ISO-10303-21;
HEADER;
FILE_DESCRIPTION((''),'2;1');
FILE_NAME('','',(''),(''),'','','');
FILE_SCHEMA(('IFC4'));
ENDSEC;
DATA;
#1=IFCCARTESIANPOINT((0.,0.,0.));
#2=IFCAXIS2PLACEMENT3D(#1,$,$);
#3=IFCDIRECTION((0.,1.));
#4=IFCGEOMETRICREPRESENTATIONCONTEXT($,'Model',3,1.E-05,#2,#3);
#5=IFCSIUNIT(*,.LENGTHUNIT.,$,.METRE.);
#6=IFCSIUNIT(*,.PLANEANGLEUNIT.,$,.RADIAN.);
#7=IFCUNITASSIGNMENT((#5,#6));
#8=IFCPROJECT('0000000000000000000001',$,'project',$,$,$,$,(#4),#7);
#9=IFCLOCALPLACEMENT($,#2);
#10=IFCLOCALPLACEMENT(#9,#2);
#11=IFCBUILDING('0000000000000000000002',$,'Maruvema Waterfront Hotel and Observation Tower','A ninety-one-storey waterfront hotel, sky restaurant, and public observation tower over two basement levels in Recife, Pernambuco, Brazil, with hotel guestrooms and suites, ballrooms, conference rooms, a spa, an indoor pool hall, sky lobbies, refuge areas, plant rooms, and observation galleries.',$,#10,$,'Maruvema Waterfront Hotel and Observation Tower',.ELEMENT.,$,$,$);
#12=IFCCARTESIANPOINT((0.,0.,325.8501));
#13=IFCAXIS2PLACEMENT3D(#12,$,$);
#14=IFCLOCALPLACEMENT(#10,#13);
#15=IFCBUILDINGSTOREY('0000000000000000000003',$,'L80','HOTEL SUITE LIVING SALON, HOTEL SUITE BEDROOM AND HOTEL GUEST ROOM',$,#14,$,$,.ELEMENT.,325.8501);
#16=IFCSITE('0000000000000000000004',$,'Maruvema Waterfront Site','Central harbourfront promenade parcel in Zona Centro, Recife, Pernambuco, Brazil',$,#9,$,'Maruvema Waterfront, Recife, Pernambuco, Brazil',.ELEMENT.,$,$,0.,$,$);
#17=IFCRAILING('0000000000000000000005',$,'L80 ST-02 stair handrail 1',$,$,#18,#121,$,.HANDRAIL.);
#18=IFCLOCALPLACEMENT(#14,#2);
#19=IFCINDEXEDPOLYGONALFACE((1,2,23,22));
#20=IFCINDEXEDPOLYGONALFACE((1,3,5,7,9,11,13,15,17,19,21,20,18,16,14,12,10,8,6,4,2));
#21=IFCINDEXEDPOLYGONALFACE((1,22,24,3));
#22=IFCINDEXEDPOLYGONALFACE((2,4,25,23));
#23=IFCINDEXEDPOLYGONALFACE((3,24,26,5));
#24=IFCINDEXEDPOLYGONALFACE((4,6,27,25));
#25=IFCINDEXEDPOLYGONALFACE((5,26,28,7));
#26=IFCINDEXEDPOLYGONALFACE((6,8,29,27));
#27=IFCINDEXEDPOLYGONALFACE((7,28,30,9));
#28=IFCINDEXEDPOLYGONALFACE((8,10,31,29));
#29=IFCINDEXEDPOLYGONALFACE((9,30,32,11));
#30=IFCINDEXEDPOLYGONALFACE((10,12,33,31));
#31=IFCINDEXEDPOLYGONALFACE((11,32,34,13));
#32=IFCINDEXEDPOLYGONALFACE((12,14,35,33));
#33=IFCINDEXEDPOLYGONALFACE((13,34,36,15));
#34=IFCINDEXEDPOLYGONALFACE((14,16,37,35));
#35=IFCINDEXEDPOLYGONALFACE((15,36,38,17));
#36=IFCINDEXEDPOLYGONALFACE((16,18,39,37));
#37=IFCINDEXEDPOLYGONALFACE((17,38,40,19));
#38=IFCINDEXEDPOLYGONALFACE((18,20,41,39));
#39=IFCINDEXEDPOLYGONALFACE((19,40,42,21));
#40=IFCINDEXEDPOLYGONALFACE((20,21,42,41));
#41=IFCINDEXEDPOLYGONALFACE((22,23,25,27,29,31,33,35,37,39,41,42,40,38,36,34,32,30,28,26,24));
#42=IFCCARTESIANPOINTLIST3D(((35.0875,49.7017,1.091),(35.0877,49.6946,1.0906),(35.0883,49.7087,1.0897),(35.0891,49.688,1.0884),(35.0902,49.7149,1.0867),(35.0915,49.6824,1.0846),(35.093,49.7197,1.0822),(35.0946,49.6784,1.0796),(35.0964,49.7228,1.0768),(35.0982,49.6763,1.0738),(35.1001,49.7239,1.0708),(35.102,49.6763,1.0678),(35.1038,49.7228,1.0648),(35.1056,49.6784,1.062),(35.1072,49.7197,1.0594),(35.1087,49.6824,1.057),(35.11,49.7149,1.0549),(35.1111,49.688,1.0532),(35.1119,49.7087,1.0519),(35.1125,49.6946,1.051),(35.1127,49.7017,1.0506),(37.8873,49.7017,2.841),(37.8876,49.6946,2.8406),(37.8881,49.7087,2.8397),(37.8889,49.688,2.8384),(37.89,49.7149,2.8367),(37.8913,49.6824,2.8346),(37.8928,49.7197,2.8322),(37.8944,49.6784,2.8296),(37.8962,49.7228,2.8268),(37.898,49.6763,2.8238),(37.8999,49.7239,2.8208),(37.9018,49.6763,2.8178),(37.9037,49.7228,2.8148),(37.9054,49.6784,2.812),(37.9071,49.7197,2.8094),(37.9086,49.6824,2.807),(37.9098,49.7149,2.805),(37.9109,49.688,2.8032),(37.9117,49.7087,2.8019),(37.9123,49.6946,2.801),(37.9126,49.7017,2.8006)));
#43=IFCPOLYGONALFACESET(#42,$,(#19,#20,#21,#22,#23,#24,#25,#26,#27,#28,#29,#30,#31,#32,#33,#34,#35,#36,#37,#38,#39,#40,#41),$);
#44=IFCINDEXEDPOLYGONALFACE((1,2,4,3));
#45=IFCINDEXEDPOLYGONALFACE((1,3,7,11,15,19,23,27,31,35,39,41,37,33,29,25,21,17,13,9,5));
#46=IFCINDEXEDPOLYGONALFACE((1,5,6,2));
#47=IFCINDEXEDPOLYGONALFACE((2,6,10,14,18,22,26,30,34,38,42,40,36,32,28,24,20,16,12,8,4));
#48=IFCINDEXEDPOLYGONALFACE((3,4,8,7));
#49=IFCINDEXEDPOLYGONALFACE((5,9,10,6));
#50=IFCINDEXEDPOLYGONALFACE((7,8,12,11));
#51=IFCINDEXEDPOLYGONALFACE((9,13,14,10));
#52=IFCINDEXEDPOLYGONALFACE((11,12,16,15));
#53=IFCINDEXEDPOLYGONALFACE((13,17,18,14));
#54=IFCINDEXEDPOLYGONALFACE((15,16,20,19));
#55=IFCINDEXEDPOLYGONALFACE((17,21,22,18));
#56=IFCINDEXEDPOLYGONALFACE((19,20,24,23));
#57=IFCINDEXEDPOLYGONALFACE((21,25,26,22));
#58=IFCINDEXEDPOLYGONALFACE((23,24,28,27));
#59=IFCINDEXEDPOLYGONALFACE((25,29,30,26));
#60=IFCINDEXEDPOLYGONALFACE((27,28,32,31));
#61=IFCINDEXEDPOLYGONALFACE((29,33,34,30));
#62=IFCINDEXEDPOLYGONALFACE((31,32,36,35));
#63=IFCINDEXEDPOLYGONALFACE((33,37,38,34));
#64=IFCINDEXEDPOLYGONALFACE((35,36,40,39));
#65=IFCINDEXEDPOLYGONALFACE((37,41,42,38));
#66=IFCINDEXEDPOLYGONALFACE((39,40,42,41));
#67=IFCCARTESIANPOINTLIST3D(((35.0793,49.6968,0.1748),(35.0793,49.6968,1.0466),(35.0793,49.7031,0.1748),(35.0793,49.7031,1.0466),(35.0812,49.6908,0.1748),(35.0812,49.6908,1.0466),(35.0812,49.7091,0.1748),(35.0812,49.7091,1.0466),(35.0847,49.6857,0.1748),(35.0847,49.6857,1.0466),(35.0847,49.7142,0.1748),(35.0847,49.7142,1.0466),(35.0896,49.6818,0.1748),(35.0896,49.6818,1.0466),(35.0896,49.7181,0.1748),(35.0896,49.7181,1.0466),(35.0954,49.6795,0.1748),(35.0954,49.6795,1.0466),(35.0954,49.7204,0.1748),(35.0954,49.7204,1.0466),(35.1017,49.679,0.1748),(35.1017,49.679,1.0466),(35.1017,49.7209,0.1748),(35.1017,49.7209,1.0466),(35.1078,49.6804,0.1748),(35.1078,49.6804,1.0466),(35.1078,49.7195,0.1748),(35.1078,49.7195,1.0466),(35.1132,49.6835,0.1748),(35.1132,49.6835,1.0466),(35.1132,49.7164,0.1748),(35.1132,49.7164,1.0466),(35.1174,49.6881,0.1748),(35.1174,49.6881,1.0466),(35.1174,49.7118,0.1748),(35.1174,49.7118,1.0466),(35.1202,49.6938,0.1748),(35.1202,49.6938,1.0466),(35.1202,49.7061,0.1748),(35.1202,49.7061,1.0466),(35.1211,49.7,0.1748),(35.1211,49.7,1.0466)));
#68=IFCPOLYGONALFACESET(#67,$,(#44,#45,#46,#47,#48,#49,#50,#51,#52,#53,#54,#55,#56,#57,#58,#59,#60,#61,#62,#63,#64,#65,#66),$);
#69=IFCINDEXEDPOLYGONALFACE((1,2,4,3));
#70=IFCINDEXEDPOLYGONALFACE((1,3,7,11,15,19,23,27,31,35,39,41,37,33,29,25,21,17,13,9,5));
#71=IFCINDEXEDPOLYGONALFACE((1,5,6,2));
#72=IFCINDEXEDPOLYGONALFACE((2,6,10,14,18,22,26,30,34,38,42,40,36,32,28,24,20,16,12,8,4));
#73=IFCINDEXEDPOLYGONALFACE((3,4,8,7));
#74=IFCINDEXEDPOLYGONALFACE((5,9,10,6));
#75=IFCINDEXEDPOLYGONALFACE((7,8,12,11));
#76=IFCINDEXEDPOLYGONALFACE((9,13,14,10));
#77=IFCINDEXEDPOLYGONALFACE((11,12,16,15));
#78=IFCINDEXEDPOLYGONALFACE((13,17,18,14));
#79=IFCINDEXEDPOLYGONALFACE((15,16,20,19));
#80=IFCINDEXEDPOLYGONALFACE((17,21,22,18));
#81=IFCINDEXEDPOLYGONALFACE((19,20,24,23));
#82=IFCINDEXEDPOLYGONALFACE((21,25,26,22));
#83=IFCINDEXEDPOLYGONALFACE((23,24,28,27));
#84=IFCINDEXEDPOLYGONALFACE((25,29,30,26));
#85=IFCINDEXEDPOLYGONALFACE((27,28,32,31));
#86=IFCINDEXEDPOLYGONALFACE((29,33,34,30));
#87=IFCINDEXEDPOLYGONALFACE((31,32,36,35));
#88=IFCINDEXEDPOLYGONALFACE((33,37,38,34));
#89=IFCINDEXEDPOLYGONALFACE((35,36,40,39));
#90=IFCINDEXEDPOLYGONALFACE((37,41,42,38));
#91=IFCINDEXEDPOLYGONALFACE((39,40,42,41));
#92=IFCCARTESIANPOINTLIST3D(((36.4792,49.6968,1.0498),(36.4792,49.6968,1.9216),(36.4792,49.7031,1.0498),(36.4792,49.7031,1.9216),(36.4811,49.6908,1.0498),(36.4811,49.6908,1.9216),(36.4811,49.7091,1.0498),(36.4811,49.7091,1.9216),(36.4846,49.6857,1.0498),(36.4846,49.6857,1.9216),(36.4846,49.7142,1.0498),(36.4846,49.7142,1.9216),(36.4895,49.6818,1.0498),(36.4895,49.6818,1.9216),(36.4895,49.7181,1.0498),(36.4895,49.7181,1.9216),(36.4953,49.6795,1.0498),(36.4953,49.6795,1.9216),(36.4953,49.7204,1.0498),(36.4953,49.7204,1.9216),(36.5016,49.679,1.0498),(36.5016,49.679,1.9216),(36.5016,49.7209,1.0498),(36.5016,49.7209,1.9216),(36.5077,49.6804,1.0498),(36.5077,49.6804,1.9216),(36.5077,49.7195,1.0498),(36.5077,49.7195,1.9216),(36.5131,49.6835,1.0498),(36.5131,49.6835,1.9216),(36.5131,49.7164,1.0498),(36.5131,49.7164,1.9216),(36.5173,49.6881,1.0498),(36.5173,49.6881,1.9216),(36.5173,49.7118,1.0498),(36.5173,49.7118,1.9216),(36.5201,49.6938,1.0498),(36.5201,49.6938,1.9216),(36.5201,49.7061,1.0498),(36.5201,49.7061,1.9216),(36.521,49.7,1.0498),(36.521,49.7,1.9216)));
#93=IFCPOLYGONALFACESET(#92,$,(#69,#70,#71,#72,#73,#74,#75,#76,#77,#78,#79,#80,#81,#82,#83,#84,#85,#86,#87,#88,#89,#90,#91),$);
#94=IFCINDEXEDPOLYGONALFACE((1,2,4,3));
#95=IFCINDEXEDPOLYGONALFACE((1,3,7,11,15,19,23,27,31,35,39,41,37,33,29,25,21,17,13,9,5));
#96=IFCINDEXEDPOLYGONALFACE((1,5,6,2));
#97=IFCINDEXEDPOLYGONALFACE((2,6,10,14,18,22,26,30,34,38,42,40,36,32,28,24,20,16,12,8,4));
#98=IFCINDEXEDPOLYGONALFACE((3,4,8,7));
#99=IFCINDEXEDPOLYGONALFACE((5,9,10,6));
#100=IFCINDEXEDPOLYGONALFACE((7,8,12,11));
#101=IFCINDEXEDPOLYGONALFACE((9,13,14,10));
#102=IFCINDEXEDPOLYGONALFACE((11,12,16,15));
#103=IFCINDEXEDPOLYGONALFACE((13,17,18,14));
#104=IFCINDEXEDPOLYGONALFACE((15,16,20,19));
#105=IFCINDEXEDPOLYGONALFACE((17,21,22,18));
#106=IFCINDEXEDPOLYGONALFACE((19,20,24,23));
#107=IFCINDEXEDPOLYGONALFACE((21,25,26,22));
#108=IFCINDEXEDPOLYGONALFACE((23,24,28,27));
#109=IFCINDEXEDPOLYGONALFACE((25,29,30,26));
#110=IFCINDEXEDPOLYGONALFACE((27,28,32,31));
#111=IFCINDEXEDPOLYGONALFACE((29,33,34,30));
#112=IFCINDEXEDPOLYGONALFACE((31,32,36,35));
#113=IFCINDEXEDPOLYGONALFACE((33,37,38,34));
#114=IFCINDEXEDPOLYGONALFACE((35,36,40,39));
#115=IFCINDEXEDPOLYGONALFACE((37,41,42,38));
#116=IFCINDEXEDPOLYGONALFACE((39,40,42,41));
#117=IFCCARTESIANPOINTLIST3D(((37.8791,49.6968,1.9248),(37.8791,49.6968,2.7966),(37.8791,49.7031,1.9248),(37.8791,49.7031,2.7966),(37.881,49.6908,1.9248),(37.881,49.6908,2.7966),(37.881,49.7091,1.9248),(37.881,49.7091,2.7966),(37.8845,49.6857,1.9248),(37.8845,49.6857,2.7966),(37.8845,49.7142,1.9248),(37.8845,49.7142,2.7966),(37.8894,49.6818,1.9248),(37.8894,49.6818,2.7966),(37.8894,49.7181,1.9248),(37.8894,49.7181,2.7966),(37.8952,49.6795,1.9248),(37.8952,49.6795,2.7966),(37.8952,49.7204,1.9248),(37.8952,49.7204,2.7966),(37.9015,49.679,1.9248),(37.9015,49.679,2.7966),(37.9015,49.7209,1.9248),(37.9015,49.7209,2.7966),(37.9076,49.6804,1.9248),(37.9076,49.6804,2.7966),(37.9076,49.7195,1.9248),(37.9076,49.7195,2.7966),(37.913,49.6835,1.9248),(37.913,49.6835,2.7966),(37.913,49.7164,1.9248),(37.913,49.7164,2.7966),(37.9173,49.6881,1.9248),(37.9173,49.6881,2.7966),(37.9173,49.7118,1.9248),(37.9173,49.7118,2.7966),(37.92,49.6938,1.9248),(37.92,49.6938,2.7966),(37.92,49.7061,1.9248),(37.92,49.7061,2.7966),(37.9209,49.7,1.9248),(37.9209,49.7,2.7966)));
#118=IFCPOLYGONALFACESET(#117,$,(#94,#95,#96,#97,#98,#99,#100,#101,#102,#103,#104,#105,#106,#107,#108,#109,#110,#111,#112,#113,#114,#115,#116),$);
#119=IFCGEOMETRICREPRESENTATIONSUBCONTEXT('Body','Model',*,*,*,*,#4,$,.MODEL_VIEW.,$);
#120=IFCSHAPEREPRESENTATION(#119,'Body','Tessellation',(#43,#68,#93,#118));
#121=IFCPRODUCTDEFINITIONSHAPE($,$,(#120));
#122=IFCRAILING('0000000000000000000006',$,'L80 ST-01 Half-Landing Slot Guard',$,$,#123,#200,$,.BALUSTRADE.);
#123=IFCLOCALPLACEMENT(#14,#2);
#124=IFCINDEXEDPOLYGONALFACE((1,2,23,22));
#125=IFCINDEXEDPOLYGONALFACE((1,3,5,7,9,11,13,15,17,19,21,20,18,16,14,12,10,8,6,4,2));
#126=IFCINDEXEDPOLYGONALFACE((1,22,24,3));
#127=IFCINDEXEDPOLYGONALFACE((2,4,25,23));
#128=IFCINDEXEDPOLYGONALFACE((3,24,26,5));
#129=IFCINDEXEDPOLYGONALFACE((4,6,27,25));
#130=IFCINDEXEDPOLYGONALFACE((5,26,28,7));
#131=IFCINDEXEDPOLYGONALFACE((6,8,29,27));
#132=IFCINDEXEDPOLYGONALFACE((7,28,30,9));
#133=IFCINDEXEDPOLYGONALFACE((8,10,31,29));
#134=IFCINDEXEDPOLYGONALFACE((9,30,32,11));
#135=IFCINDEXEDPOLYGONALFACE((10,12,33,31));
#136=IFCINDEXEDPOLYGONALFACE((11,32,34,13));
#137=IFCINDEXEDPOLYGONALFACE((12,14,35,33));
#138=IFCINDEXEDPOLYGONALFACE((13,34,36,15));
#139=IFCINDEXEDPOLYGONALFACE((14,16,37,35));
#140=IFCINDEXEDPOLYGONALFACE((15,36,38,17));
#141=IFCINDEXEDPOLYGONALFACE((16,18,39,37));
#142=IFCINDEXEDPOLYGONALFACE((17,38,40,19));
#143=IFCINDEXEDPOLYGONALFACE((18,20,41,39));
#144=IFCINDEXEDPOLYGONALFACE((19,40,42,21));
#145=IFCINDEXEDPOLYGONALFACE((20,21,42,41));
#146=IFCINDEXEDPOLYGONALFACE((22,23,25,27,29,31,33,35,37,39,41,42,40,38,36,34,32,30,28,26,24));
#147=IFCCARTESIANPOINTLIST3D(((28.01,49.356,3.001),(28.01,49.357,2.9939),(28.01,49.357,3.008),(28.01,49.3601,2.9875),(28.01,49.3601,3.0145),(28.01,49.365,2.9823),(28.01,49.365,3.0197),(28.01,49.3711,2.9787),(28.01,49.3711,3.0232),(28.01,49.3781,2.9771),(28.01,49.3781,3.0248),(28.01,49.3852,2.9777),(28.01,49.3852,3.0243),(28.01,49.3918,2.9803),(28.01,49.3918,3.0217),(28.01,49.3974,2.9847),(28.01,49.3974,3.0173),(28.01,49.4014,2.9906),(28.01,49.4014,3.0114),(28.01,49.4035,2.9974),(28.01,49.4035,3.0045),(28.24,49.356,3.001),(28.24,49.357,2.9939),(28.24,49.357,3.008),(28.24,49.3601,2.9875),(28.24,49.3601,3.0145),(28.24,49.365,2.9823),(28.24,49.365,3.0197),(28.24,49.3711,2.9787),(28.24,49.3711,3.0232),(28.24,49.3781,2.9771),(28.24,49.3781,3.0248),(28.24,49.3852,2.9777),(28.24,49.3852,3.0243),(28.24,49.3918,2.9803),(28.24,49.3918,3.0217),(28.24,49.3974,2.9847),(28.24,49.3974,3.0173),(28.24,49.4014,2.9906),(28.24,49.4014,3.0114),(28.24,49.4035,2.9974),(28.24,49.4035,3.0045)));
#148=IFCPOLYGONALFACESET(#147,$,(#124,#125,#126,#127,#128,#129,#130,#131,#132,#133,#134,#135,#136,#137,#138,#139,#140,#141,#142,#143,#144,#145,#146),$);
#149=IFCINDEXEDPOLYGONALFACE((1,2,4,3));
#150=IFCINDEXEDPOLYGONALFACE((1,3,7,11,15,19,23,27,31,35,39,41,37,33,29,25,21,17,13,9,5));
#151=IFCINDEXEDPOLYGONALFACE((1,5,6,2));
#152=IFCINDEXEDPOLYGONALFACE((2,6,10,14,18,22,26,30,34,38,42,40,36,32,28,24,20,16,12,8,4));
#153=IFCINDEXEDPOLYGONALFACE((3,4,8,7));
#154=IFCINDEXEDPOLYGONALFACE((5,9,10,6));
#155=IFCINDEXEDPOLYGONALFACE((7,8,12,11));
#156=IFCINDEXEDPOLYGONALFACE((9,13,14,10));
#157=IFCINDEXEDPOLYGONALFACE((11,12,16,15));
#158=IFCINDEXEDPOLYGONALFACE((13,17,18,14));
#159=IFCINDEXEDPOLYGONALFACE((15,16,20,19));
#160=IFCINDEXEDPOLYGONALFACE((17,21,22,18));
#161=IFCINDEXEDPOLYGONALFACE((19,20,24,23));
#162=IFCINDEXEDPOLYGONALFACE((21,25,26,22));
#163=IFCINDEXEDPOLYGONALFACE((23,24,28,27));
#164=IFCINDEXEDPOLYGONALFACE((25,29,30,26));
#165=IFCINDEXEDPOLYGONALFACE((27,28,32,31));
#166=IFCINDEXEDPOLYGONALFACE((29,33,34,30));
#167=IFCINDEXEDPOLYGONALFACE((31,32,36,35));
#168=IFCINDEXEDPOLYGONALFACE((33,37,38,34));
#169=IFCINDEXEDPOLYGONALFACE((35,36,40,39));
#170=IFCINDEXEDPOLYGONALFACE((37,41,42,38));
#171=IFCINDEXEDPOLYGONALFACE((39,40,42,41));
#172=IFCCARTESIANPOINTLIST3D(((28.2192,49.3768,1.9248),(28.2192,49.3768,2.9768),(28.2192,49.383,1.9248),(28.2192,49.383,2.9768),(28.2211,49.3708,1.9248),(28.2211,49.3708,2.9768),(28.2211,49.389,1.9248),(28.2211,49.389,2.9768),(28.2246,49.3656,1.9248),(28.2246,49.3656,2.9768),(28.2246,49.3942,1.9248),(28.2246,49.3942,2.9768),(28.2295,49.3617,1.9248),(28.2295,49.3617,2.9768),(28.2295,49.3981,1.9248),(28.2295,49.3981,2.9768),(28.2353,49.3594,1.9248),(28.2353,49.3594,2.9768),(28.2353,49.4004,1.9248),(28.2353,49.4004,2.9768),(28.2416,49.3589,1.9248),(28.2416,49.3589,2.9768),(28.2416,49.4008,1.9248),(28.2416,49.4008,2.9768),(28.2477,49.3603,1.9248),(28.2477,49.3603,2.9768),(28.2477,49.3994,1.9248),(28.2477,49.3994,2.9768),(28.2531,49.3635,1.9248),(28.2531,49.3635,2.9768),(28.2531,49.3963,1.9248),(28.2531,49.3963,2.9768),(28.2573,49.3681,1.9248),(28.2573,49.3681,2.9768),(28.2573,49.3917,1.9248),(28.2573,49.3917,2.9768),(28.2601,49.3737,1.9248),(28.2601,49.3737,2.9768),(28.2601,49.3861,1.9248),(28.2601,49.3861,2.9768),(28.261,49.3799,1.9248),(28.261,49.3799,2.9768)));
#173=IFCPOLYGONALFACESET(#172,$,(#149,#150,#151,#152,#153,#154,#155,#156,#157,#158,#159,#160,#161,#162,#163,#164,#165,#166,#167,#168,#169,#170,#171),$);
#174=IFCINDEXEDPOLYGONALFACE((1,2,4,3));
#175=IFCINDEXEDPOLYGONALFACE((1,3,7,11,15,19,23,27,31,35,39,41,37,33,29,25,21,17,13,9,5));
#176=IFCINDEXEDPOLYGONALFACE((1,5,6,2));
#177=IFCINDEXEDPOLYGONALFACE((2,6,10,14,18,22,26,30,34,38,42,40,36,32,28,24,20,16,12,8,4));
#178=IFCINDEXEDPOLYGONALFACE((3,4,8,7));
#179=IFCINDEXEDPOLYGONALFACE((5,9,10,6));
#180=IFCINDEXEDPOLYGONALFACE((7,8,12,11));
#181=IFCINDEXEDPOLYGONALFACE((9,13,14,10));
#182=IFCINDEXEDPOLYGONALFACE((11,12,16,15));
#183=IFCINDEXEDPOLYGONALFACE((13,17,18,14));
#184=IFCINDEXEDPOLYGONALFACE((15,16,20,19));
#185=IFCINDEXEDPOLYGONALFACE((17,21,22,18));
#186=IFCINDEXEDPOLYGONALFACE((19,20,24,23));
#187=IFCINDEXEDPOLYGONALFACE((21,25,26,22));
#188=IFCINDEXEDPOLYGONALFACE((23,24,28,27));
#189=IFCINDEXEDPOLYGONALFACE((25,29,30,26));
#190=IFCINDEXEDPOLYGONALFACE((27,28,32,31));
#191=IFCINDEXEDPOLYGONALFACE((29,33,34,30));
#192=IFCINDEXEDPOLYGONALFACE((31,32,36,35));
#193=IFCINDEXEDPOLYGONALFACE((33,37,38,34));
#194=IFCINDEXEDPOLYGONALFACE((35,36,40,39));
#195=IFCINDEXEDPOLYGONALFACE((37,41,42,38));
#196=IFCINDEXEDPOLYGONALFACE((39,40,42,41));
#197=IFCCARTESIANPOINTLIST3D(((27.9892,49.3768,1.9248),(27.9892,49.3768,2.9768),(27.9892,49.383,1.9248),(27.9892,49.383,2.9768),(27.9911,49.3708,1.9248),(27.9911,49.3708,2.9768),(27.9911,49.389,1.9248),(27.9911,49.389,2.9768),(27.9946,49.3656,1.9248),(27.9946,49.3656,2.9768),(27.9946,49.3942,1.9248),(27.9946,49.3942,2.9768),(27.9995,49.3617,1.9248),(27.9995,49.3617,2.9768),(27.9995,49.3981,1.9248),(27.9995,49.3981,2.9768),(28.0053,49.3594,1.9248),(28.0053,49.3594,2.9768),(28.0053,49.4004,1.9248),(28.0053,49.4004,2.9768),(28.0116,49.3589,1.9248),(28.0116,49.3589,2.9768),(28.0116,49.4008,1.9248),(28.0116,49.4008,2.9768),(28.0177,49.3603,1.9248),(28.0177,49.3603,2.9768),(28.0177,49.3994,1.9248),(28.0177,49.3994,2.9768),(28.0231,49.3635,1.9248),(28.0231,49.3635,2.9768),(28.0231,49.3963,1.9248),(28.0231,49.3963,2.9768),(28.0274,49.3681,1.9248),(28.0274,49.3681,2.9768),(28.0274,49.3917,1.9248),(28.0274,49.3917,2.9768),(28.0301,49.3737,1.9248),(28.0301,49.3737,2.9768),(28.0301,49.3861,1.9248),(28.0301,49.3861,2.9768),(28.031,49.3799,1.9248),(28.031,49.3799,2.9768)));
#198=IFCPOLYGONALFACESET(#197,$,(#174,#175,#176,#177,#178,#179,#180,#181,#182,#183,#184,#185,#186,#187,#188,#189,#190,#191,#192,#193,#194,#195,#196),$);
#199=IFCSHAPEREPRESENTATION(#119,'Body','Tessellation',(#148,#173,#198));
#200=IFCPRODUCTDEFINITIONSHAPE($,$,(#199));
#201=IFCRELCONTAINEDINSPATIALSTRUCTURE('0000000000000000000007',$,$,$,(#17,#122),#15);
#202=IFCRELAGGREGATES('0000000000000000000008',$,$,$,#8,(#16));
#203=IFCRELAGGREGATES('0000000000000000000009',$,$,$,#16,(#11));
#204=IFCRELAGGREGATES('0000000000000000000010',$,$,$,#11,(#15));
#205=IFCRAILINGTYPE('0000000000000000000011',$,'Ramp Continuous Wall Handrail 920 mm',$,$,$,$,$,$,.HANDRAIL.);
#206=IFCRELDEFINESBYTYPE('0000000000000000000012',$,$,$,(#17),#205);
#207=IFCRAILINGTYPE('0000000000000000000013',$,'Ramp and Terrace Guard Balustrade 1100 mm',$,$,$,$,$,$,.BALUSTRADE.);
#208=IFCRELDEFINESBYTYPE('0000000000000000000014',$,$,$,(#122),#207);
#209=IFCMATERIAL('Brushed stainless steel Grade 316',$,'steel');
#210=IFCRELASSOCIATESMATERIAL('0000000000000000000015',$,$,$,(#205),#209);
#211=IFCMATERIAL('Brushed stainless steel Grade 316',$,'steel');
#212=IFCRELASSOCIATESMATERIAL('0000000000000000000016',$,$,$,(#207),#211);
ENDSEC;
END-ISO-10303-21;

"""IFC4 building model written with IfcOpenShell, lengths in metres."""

from ifc_helpers import new_model, si_unit, direction, frame, origin, origin_2d, place, context, subcontext, project, spatial, circle, extrude, material, type_object, element, save


model = new_model("IFC4")

# Units and contexts
model_context = context("Model", 3, precision=1e-05, world=origin(), true_north=direction((0.0, 1.0)))
body_context = subcontext(model_context, "Body", "Model", "MODEL_VIEW")
ifc_project = project(units=[si_unit("LENGTHUNIT", "METRE"), si_unit("PLANEANGLEUNIT", "RADIAN")], contexts=[model_context])

# Site, building, storey
site_placement = place(None, origin())
site = spatial("IfcSite", under=ifc_project, at=site_placement, Name="Maruvema Waterfront Site", Description="Central harbourfront promenade parcel in Zona Centro, Recife, Pernambuco, Brazil", LongName="Maruvema Waterfront, Recife, Pernambuco, Brazil", CompositionType="ELEMENT", RefElevation=0.0)
building_placement = place(site_placement, origin())
building = spatial("IfcBuilding", under=site, at=building_placement, Name="Maruvema Waterfront Hotel and Observation Tower", Description="A ninety-one-storey waterfront hotel, sky restaurant, and public observation tower over two basement levels in Recife, Pernambuco, Brazil, with hotel guestrooms and suites, ballrooms, conference rooms, a spa, an indoor pool hall, sky lobbies, refuge areas, plant rooms, and observation galleries.", LongName="Maruvema Waterfront Hotel and Observation Tower", CompositionType="ELEMENT")
storey_placement = place(building_placement, frame((0.0, 0.0, 325.8501)))
storey = spatial("IfcBuildingStorey", under=building, at=storey_placement, Name="L80", Description="HOTEL SUITE LIVING SALON, HOTEL SUITE BEDROOM AND HOTEL GUEST ROOM", CompositionType="ELEMENT", Elevation=325.8501)

# Railings
ifc_material_1 = material(Name="Brushed stainless steel Grade 316", Category="steel")
railing_type_1 = type_object("IfcRailingType", Name="Ramp Continuous Wall Handrail 920 mm", PredefinedType="HANDRAIL", material=ifc_material_1)
railing_1_placement = place(storey_placement, frame((35.1001, 49.7, 0.1748)))
element("IfcRailing", 1, at=railing_1_placement, inside=storey, type_object=railing_type_1, Name="L80 ST-02 stair handrail 1", PredefinedType="HANDRAIL", context=body_context, shape_type="SweptSolid", body=[
    extrude(circle(Radius=0.0239, at=origin_2d()), frame((0.0, 0.0, 0.896), z_axis=(0.847982, 0.0, 0.530026), x_axis=(0.0, 1.0, 0.0)), (0.0, 0.0, 1.0), 3.3018),
    extrude(circle(Radius=0.021, at=origin_2d()), origin(), (0.0, 0.0, 1.0), 0.8718),
    extrude(circle(Radius=0.021, at=origin_2d()), frame((1.3999, 0.0, 0.875)), (0.0, 0.0, 1.0), 0.8718),
    extrude(circle(Radius=0.021, at=origin_2d()), frame((2.7998, 0.0, 1.75)), (0.0, 0.0, 1.0), 0.8718),
])
ifc_material_2 = material(Name="Brushed stainless steel Grade 316", Category="steel")
railing_type_2 = type_object("IfcRailingType", Name="Ramp and Terrace Guard Balustrade 1100 mm", PredefinedType="BALUSTRADE", material=ifc_material_2)
railing_2_placement = place(storey_placement, frame((28.24, 49.3799, 1.9248)))
element("IfcRailing", 2, at=railing_2_placement, inside=storey, type_object=railing_type_2, Name="L80 ST-01 Half-Landing Slot Guard", PredefinedType="BALUSTRADE", context=body_context, shape_type="SweptSolid", body=[
    extrude(circle(Radius=0.0239, at=origin_2d()), frame((0.0, 0.0, 1.0762), z_axis=(-1.0, 0.0, 0.0), x_axis=(0.0, -1.0, 0.0)), (0.0, 0.0, 1.0), 0.23),
    extrude(circle(Radius=0.021, at=origin_2d()), origin(), (0.0, 0.0, 1.0), 1.052),
    extrude(circle(Radius=0.021, at=origin_2d()), frame((-0.23, 0.0, 0.0)), (0.0, 0.0, 1.0), 1.052),
])

save(model, "model.ifc")
